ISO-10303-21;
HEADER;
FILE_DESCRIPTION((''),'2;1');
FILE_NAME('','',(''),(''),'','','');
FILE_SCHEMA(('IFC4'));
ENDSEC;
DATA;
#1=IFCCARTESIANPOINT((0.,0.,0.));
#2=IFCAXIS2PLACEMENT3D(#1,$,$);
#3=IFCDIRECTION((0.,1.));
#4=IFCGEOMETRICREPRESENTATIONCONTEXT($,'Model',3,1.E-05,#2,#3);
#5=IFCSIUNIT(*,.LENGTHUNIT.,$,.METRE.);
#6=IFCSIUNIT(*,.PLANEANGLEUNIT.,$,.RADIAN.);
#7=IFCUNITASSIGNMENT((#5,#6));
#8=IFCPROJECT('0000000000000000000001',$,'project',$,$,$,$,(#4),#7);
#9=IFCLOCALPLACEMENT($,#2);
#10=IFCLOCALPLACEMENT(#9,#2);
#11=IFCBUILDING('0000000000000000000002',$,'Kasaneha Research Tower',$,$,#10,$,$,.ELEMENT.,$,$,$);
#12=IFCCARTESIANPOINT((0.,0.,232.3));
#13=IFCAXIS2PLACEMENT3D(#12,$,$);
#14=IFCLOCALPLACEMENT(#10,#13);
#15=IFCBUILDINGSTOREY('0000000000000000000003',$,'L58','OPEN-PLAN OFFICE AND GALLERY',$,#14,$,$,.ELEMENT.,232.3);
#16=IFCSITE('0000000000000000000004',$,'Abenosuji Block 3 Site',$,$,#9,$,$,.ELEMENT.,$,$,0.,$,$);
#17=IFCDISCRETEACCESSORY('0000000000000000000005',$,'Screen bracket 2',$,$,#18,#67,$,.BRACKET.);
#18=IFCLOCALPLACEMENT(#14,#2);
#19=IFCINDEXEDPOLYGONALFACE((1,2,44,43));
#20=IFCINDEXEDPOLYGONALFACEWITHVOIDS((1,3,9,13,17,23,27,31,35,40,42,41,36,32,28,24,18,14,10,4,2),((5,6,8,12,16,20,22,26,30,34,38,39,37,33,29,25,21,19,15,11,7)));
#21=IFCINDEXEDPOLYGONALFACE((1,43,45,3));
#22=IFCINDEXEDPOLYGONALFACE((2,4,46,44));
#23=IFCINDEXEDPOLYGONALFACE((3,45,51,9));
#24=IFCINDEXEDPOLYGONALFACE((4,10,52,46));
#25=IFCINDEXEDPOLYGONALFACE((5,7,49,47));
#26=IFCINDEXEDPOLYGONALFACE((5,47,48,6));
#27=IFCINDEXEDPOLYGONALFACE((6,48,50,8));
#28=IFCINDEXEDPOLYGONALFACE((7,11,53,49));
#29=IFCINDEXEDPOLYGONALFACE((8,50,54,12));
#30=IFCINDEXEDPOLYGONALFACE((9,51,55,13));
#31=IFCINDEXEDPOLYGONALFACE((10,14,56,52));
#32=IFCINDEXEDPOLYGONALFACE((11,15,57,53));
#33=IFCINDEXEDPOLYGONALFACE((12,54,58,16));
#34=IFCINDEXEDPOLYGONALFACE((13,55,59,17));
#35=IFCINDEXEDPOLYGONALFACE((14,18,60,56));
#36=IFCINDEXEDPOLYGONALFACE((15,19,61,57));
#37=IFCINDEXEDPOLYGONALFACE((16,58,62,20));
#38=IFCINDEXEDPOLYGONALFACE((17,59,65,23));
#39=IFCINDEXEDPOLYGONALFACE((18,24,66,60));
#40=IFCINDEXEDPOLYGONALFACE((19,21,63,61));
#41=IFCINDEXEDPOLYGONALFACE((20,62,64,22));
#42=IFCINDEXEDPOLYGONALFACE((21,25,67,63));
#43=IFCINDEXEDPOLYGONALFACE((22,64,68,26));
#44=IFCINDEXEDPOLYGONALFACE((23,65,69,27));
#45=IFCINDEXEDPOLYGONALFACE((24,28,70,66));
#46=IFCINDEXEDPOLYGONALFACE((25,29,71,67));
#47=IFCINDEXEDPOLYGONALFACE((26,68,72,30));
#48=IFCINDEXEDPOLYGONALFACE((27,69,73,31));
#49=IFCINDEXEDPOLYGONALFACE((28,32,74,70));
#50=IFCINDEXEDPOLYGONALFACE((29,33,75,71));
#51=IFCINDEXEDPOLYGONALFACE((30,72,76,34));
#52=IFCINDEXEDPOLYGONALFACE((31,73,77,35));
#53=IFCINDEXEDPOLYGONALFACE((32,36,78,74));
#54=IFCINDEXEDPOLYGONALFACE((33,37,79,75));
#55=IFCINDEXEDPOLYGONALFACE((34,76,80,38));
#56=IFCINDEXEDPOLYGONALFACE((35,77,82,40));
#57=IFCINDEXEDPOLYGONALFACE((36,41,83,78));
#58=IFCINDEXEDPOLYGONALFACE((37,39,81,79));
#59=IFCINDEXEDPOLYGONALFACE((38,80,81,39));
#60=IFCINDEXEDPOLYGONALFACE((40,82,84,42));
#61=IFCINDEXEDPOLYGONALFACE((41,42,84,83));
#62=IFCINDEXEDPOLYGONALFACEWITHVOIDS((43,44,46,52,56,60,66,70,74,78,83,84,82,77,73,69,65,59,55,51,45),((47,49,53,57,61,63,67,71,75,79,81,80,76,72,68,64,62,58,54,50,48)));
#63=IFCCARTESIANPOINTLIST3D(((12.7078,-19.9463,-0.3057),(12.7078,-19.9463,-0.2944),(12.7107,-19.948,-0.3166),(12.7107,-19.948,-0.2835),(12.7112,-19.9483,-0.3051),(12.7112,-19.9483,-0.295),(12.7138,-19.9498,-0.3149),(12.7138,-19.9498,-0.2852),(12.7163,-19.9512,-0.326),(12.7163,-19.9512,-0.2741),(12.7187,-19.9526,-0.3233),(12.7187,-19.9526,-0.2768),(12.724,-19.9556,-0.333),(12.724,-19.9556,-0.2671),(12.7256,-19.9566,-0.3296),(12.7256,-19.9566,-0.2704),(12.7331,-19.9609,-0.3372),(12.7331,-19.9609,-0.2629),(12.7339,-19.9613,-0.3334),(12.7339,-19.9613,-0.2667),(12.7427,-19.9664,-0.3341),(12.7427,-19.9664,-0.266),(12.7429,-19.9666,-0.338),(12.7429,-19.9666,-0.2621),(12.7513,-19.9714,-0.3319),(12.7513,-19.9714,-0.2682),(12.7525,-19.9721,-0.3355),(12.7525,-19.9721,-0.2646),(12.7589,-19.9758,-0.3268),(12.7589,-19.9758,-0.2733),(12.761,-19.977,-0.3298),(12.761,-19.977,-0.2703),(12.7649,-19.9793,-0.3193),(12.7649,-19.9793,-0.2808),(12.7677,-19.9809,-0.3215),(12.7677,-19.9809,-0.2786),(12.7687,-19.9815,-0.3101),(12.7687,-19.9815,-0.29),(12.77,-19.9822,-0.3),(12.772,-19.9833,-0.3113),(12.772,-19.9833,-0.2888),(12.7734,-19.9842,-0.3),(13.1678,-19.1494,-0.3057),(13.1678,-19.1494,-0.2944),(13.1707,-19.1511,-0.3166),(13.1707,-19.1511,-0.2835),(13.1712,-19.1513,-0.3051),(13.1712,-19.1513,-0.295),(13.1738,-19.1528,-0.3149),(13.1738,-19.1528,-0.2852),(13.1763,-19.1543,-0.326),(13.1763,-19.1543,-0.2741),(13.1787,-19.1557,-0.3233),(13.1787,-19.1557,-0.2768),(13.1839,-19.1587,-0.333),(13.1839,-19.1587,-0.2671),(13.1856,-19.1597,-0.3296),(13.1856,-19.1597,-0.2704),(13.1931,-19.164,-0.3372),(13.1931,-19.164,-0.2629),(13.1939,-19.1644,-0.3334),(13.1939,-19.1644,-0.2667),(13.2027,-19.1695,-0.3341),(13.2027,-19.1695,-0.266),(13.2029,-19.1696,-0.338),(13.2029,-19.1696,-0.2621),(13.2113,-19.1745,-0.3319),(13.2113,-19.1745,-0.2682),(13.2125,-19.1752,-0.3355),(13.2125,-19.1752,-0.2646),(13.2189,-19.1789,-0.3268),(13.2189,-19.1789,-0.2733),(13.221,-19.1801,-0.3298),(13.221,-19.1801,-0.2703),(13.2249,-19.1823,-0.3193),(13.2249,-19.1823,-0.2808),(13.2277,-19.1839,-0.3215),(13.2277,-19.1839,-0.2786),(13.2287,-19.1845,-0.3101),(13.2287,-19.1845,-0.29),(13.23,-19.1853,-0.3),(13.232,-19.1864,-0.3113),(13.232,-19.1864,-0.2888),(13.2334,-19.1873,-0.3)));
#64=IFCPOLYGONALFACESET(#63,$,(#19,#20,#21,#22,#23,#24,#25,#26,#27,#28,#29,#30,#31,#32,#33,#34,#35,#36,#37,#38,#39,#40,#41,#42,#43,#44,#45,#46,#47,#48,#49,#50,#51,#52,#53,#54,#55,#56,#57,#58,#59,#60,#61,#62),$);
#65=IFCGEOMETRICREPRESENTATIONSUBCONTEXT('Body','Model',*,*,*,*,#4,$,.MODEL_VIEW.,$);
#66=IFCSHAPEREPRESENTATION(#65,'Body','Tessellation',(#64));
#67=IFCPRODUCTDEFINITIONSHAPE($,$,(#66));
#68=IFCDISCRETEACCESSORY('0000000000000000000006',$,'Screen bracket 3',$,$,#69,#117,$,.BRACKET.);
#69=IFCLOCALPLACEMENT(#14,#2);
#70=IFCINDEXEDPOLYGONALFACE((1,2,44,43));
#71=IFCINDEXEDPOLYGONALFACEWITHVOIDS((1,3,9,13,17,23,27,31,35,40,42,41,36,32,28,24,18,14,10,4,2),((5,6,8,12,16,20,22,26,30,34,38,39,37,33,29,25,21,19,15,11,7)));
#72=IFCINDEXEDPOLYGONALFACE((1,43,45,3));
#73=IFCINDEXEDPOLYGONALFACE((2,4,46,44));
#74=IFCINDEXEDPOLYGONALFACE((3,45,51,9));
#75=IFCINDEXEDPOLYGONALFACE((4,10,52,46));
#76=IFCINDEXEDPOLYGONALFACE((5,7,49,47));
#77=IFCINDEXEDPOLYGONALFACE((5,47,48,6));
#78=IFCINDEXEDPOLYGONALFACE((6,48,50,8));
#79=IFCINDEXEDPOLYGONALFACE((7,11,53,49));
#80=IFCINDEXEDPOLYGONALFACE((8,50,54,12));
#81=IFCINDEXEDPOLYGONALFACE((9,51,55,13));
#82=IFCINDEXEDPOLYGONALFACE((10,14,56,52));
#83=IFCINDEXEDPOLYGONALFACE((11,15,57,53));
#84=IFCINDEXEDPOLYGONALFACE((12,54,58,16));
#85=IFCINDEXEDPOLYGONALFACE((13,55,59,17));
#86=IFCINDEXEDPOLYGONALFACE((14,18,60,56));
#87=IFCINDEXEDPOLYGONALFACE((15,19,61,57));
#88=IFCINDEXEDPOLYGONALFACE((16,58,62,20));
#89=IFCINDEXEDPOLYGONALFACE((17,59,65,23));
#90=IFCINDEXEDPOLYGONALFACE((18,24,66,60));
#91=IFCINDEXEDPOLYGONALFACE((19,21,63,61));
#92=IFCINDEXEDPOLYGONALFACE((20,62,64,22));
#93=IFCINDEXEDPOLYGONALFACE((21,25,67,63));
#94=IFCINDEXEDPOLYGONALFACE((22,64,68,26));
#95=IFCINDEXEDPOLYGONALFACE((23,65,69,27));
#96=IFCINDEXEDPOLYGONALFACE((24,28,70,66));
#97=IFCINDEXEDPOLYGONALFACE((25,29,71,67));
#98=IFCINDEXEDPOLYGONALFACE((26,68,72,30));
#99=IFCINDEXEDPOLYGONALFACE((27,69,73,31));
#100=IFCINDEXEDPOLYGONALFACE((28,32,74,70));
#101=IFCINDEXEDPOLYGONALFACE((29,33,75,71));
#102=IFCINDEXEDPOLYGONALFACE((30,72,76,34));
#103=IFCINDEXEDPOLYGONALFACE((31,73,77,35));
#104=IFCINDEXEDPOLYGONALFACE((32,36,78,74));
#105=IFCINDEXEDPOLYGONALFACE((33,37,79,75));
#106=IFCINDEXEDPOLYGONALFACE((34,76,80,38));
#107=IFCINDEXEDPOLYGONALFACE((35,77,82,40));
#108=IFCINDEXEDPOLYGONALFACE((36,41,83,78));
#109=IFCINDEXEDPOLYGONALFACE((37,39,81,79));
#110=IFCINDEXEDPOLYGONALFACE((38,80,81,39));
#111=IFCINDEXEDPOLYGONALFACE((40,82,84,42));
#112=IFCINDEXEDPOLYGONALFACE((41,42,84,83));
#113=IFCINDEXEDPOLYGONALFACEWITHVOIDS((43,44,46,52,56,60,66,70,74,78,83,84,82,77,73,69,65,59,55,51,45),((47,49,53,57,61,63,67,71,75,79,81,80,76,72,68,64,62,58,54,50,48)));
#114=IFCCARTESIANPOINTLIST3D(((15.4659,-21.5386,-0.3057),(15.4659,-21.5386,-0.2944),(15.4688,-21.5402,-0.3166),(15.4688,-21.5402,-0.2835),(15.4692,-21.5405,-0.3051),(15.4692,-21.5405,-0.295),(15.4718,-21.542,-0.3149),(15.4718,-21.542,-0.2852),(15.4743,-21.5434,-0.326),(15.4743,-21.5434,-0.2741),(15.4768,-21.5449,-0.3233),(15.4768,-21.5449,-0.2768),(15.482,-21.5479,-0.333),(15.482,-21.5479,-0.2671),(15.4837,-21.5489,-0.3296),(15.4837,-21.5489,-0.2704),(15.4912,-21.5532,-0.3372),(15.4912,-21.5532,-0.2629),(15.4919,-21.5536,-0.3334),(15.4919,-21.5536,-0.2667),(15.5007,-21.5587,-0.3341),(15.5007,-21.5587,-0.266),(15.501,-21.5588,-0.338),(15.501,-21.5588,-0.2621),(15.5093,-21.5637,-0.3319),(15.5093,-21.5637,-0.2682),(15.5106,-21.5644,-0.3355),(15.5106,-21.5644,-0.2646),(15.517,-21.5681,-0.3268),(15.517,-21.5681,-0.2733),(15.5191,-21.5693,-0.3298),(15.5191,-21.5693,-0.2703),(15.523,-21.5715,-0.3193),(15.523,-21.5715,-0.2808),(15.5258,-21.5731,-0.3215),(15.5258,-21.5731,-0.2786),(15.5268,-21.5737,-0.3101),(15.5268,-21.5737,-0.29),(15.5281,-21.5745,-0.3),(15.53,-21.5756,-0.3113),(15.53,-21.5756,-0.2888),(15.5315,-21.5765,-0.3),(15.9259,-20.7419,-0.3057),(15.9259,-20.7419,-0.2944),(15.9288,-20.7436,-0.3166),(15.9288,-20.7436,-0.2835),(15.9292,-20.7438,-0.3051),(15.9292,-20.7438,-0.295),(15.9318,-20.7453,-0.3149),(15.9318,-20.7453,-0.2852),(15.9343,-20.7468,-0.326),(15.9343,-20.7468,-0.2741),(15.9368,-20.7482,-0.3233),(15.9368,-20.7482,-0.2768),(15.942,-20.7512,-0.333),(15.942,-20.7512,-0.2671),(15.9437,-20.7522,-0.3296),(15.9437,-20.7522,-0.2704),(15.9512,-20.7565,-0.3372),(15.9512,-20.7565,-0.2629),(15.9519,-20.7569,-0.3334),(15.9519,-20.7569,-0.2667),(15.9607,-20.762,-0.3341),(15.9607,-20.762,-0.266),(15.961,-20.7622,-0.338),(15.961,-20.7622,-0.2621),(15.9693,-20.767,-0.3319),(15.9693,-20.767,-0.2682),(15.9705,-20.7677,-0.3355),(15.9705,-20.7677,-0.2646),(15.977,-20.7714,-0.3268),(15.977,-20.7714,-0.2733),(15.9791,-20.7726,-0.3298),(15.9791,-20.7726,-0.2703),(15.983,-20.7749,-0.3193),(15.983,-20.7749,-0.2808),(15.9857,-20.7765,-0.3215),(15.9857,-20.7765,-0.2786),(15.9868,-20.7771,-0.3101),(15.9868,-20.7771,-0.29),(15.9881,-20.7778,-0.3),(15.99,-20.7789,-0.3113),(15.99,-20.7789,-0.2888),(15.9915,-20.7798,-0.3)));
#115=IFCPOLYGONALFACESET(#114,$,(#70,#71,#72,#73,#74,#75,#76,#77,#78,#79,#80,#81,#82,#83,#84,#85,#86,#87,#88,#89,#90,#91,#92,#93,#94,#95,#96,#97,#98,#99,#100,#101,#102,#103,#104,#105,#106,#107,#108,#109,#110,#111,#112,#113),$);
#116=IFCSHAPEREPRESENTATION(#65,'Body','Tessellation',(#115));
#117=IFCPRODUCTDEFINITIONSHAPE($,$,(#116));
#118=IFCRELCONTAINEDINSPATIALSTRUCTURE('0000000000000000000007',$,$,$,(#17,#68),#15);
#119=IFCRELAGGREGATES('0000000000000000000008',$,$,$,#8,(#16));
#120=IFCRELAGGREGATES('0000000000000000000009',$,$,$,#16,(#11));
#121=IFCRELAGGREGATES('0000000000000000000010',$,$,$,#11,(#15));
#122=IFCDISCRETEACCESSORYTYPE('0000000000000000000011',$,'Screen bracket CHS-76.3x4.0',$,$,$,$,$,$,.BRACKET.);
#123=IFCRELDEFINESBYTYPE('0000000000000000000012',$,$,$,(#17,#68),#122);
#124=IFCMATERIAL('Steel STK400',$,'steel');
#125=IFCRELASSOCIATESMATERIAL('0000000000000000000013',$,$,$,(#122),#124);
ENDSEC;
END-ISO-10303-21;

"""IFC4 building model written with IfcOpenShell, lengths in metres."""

from ifc_helpers import new_model, si_unit, direction, frame, origin, origin_2d, place, context, subcontext, project, spatial, hollow_circle, extrude, material, material_profile, profile_set, type_object, element, save


model = new_model("IFC4")

# Units and contexts
model_context = context("Model", 3, precision=1e-05, world=origin(), true_north=direction((0.0, 1.0)))
body_context = subcontext(model_context, "Body", "Model", "MODEL_VIEW")
ifc_project = project(units=[si_unit("LENGTHUNIT", "METRE"), si_unit("PLANEANGLEUNIT", "RADIAN")], contexts=[model_context])

# Site, building, storey
site_placement = place(None, origin())
site = spatial("IfcSite", under=ifc_project, at=site_placement, Name="Abenosuji Block 3 Site", CompositionType="ELEMENT", RefElevation=0.0)
building_placement = place(site_placement, origin())
building = spatial("IfcBuilding", under=site, at=building_placement, Name="Kasaneha Research Tower", CompositionType="ELEMENT")
storey_placement = place(building_placement, frame((0.0, 0.0, 232.3)))
storey = spatial("IfcBuildingStorey", under=building, at=storey_placement, Name="L58", Description="OPEN-PLAN OFFICE AND GALLERY", CompositionType="ELEMENT", Elevation=232.3)

# Discrete accessories
ifc_material_1 = material(Name="Steel STK400", Category="steel")
ifc_material_profile_1 = material_profile(ifc_material_1, hollow_circle(Radius=0.0381, WallThickness=0.0039, at=origin_2d()), Name="CHS-76.3x4.0")
ifc_profile_set_1 = profile_set([ifc_material_profile_1], Name="Steel STK400")
discrete_accessory_type = type_object("IfcDiscreteAccessoryType", Name="Screen bracket CHS-76.3x4.0", PredefinedType="BRACKET", material=ifc_profile_set_1)
discrete_accessory_1_placement = place(storey_placement, frame((13.2004, -19.1682, -0.3), z_axis=(-0.499906, -0.86608, 0.0), x_axis=(0.86608, -0.499906, 0.0)))
element("IfcDiscreteAccessory", 1, at=discrete_accessory_1_placement, inside=storey, type_object=discrete_accessory_type, Name="Screen bracket 2", PredefinedType="BRACKET", context=body_context, shape_type="SweptSolid", body=[
    extrude(hollow_circle(Radius=0.0381, WallThickness=0.0039, at=origin_2d()), origin(), (0.0, 0.0, 1.0), 0.9202),
])
discrete_accessory_2_placement = place(storey_placement, frame((15.9585, -20.7607, -0.3), z_axis=(-0.500021, -0.866013, 0.0), x_axis=(0.866013, -0.500021, 0.0)))
element("IfcDiscreteAccessory", 2, at=discrete_accessory_2_placement, inside=storey, type_object=discrete_accessory_type, Name="Screen bracket 3", PredefinedType="BRACKET", context=body_context, shape_type="SweptSolid", body=[
    extrude(hollow_circle(Radius=0.0381, WallThickness=0.0039, at=origin_2d()), origin(), (0.0, 0.0, 1.0), 0.9199),
])

save(model, "model.ifc")
